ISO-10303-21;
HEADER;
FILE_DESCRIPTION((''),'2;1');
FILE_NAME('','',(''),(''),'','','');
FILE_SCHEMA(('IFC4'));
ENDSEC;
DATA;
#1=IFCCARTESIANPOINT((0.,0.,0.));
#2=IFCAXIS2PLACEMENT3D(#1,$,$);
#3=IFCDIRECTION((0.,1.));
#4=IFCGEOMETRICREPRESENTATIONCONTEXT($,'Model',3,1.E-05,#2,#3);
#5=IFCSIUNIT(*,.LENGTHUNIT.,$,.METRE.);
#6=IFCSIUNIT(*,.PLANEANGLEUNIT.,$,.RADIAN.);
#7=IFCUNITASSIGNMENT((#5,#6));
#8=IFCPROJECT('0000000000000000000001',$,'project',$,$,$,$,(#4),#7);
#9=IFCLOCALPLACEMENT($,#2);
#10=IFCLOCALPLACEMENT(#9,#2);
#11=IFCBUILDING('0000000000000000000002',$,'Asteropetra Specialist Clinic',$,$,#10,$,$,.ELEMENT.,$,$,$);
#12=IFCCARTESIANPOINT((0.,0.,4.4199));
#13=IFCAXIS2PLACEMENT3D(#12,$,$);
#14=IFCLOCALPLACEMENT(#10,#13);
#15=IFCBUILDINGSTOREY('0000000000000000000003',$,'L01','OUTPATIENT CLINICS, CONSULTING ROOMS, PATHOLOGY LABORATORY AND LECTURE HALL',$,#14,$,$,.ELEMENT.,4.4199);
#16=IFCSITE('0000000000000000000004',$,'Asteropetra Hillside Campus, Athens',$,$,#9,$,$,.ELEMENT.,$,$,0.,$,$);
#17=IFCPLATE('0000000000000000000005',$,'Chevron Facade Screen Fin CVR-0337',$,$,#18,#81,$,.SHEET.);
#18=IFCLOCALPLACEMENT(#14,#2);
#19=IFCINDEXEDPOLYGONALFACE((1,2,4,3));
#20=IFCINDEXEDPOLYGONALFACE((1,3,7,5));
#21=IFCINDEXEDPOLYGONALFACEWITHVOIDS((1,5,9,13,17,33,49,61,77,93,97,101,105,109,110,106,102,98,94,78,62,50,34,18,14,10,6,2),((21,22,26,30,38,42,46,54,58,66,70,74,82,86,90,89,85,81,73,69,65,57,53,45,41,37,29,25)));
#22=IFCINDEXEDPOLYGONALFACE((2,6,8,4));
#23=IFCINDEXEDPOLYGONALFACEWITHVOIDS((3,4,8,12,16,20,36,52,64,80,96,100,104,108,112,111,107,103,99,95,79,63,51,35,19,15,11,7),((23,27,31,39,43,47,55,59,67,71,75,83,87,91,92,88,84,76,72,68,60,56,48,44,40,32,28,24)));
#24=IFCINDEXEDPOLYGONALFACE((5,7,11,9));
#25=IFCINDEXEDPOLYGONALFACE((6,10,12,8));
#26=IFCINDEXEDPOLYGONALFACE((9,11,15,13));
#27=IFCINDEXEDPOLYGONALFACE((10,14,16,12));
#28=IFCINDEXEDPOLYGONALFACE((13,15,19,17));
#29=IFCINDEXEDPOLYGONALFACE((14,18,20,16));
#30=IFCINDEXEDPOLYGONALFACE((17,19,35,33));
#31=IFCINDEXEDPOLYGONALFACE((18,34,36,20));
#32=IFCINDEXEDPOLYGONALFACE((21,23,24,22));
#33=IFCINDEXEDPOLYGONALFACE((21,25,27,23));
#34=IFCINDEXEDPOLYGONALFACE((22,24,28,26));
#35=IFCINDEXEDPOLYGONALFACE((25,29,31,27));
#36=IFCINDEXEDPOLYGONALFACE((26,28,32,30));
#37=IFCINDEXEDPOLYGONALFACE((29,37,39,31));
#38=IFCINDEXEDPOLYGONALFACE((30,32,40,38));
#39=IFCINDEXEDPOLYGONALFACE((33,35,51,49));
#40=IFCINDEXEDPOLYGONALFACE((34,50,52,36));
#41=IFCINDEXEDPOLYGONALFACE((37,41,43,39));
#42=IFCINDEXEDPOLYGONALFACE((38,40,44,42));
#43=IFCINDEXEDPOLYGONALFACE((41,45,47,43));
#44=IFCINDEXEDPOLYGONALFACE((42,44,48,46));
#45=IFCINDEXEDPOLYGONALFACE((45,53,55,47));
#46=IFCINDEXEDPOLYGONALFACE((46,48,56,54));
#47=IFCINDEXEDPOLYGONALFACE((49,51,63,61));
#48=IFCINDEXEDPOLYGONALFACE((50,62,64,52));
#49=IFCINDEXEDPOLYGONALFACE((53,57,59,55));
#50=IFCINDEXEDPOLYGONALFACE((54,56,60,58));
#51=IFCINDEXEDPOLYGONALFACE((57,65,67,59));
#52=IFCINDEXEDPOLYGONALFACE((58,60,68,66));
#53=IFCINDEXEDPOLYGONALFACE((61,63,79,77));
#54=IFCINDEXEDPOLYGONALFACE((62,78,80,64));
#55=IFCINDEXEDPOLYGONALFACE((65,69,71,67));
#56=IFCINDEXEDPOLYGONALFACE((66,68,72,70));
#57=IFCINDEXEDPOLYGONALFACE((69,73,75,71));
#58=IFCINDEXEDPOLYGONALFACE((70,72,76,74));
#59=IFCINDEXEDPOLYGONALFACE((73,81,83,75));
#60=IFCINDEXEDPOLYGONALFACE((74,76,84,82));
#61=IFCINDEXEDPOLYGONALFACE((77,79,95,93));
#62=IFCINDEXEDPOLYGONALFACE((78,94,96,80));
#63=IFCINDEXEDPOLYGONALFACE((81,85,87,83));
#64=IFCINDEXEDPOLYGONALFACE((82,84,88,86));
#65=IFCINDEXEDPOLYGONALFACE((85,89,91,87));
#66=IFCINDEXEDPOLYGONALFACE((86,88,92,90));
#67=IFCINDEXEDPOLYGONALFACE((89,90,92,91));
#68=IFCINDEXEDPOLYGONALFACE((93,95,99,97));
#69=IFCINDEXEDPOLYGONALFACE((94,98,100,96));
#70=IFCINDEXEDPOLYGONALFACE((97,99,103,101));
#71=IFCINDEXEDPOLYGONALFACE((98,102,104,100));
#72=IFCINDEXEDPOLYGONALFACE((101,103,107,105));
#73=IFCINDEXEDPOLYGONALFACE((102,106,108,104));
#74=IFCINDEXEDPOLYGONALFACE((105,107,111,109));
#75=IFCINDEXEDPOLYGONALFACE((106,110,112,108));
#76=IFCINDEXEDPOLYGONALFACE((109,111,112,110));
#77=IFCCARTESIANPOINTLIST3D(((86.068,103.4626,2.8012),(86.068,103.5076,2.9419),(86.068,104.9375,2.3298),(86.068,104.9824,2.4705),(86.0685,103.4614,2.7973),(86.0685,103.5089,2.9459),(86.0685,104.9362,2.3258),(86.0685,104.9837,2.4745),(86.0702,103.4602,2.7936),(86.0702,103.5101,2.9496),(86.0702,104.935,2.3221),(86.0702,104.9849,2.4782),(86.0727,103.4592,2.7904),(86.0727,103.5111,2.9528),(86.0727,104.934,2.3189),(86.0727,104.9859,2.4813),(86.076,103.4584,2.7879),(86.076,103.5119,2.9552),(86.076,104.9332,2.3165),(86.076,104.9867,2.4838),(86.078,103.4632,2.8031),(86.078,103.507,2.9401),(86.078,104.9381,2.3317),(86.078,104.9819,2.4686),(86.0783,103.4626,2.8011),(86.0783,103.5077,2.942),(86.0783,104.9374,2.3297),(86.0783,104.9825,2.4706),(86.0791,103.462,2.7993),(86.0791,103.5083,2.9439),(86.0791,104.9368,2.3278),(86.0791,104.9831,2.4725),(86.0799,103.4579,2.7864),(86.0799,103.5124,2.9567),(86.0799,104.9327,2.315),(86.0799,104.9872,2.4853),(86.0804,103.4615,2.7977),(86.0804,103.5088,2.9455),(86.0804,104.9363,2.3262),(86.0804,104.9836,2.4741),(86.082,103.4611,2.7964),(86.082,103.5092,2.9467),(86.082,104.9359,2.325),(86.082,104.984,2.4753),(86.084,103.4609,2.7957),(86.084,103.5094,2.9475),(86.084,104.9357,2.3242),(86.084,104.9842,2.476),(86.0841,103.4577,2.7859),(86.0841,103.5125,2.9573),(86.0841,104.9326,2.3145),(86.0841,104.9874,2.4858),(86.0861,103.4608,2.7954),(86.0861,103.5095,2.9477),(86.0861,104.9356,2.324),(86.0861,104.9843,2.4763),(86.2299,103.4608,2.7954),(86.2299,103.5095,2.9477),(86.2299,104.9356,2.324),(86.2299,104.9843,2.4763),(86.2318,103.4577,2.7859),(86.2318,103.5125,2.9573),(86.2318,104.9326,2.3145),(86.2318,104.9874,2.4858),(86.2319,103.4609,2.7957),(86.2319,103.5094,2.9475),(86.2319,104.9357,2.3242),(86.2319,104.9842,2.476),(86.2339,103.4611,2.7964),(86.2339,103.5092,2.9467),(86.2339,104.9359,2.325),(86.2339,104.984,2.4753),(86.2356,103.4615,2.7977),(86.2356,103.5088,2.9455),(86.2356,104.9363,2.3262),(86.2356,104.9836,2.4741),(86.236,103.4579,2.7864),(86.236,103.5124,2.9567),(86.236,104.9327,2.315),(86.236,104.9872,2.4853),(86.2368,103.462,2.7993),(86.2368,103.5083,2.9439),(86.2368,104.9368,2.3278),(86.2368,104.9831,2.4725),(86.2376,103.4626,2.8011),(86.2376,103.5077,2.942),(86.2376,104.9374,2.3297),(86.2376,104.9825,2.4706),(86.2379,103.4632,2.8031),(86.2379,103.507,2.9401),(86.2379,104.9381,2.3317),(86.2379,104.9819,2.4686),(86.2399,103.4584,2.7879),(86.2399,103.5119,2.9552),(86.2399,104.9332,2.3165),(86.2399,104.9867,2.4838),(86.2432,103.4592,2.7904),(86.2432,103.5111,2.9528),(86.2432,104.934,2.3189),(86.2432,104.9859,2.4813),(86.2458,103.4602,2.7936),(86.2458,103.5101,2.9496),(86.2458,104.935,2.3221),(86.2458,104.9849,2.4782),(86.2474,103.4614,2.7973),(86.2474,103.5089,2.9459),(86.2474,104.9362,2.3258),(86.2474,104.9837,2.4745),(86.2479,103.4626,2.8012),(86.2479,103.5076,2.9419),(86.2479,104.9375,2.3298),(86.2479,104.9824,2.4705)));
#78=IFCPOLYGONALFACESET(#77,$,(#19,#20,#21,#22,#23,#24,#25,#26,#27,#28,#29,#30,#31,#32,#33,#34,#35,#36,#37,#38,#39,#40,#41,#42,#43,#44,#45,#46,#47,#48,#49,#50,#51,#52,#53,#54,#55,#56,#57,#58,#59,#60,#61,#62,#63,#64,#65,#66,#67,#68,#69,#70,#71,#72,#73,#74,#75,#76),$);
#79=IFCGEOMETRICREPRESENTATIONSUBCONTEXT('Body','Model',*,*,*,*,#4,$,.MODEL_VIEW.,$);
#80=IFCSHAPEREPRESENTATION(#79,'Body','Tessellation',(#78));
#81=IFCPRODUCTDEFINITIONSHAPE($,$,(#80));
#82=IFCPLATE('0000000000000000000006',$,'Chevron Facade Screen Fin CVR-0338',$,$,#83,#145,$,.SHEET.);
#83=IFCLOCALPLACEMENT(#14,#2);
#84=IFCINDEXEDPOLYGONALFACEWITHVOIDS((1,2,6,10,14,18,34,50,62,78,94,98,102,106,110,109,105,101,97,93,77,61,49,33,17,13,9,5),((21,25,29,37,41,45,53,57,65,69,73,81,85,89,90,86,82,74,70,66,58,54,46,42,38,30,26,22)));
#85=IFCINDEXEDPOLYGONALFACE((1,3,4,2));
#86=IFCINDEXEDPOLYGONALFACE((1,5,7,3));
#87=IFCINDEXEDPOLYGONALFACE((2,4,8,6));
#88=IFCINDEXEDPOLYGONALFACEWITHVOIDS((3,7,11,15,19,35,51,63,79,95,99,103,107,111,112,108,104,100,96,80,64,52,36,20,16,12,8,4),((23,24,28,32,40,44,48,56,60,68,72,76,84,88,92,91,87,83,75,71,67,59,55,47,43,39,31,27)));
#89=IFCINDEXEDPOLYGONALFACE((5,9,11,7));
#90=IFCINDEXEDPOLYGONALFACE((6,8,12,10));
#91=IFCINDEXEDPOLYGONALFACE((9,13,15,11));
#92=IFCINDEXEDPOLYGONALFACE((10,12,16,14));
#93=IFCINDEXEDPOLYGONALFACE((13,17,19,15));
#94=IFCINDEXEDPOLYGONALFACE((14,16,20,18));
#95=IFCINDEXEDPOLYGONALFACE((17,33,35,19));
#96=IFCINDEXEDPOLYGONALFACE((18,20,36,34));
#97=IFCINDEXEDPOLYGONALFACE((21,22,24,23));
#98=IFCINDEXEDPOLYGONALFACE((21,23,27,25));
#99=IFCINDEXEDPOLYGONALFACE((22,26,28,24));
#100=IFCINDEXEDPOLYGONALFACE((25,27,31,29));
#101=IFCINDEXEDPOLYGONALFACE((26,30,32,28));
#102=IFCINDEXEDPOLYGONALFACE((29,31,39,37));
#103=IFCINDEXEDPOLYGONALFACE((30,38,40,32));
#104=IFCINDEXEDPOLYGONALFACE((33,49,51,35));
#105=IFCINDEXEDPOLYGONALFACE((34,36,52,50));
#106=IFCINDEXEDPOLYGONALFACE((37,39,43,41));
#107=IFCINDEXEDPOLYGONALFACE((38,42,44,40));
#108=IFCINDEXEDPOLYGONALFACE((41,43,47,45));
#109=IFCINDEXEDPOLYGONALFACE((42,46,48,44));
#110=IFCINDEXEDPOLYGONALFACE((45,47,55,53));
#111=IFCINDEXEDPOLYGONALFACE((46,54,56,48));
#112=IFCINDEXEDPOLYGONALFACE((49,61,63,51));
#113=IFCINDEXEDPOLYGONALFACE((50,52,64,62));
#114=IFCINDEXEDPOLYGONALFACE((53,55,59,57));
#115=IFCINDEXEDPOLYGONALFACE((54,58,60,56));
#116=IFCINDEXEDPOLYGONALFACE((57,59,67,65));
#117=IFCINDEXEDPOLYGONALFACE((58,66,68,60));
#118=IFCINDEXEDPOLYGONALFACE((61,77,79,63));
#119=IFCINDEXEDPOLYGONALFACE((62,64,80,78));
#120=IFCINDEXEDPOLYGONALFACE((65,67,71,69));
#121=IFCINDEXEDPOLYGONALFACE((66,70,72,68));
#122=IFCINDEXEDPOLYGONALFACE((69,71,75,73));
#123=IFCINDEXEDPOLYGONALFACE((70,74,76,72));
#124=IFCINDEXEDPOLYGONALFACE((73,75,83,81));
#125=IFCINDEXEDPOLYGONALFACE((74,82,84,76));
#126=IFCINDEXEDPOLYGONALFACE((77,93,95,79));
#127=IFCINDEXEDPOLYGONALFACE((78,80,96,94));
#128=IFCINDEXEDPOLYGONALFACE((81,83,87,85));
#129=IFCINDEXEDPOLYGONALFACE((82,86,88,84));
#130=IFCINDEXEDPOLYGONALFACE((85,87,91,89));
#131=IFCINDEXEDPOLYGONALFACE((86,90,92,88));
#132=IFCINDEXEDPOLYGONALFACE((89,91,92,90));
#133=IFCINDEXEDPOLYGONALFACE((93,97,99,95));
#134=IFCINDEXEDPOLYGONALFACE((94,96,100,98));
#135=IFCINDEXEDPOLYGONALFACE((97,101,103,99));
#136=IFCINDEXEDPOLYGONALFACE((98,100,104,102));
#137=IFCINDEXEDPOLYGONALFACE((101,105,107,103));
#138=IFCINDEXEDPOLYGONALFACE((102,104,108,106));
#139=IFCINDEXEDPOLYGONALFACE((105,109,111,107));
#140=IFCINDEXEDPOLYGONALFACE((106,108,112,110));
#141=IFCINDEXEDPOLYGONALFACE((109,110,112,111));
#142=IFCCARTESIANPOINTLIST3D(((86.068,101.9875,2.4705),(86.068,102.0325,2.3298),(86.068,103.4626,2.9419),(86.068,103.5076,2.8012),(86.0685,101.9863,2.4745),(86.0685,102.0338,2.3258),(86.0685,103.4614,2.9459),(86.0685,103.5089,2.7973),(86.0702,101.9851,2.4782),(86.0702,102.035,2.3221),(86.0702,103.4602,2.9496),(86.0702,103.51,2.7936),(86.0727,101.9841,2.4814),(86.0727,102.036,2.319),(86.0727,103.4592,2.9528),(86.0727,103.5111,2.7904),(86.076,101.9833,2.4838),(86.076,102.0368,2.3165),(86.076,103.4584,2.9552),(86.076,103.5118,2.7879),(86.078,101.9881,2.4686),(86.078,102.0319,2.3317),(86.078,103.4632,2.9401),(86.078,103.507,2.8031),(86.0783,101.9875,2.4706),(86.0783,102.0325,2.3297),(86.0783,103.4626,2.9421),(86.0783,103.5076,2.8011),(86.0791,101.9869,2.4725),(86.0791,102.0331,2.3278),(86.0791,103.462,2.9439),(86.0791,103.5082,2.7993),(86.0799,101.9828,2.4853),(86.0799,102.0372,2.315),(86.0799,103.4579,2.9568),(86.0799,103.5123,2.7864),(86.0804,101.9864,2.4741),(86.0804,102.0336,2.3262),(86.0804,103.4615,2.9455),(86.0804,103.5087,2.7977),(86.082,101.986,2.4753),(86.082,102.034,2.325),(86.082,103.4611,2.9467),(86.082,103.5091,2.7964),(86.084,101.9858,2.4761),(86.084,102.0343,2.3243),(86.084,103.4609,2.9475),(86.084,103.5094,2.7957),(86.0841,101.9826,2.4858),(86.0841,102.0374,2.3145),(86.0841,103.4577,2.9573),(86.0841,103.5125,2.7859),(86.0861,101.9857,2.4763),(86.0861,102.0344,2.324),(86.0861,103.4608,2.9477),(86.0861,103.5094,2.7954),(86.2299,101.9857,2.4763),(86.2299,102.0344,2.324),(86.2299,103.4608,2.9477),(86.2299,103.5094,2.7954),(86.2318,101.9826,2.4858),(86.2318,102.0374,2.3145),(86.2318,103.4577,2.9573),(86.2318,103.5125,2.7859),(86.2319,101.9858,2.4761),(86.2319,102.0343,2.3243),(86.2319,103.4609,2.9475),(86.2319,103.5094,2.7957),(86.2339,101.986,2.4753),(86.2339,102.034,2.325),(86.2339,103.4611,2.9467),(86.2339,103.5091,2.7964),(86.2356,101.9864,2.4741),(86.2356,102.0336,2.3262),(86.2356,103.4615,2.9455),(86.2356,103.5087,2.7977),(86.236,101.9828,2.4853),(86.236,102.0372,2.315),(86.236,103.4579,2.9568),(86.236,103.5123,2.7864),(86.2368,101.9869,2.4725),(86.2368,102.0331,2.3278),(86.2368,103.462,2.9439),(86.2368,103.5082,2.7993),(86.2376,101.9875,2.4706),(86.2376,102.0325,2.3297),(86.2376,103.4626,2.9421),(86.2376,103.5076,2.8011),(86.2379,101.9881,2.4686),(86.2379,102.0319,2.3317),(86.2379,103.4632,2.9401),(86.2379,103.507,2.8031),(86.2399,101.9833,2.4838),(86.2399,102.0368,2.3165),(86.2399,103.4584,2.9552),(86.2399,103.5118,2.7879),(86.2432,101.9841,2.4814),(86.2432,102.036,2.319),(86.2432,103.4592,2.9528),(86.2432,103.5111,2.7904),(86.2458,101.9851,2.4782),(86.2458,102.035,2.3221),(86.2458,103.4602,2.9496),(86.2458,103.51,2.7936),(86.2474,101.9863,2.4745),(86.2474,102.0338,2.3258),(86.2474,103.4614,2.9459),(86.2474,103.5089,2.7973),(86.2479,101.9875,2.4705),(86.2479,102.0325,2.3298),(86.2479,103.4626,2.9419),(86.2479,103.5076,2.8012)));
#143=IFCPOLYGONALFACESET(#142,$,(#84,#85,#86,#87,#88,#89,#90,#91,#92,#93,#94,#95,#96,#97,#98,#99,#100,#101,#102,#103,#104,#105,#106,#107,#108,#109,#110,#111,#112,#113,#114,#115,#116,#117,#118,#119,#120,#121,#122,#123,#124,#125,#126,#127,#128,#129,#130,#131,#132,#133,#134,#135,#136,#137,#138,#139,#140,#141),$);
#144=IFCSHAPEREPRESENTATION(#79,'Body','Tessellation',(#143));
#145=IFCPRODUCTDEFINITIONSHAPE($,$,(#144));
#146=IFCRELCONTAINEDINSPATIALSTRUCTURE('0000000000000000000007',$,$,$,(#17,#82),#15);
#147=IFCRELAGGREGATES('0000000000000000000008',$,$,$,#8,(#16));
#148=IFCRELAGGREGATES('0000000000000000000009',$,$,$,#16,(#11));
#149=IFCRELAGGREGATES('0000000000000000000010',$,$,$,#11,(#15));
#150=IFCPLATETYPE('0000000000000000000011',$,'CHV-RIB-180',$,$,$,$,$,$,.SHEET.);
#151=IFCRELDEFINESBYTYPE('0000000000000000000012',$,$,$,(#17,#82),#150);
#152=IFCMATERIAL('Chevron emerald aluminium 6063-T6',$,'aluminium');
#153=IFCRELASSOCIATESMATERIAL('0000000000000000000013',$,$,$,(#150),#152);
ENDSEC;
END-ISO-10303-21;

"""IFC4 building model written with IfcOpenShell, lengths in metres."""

from ifc_helpers import new_model, si_unit, direction, frame, origin, origin_2d, place, context, subcontext, project, spatial, hollow_rectangle, extrude, material, material_profile, profile_set, type_object, element, save


model = new_model("IFC4")

# Units and contexts
model_context = context("Model", 3, precision=1e-05, world=origin(), true_north=direction((0.0, 1.0)))
body_context = subcontext(model_context, "Body", "Model", "MODEL_VIEW")
ifc_project = project(units=[si_unit("LENGTHUNIT", "METRE"), si_unit("PLANEANGLEUNIT", "RADIAN")], contexts=[model_context])

# Site, building, storey
site_placement = place(None, origin())
site = spatial("IfcSite", under=ifc_project, at=site_placement, Name="Asteropetra Hillside Campus, Athens", CompositionType="ELEMENT", RefElevation=0.0)
building_placement = place(site_placement, origin())
building = spatial("IfcBuilding", under=site, at=building_placement, Name="Asteropetra Specialist Clinic", CompositionType="ELEMENT")
storey_placement = place(building_placement, frame((0.0, 0.0, 4.4199)))
storey = spatial("IfcBuildingStorey", under=building, at=storey_placement, Name="L01", Description="OUTPATIENT CLINICS, CONSULTING ROOMS, PATHOLOGY LABORATORY AND LECTURE HALL", CompositionType="ELEMENT", Elevation=4.4199)

# Plates
ifc_material_1 = material(Name="Chevron emerald aluminium 6063-T6", Category="aluminium")
ifc_material_profile = material_profile(ifc_material_1, hollow_rectangle(XDim=0.1799, YDim=0.1799, WallThickness=0.01, InnerFilletRadius=0.0081, OuterFilletRadius=0.0161, at=origin_2d()), Name="SHS 180x180x10.0")
ifc_profile_set = profile_set([ifc_material_profile], Name="Chevron emerald aluminium 6063-T6")
plate_type = type_object("IfcPlateType", Name="CHV-RIB-180", PredefinedType="SHEET", material=ifc_profile_set)
plate_1_placement = place(storey_placement, frame((86.158, 104.96, 2.4001), z_axis=(0.0, -0.952521, 0.304472), x_axis=(1.0, 0.0, 0.0)))
element("IfcPlate", 1, at=plate_1_placement, inside=storey, type_object=plate_type, Name="Chevron Facade Screen Fin CVR-0337", PredefinedType="SHEET", context=body_context, shape_type="SweptSolid", body=[
    extrude(hollow_rectangle(XDim=0.1799, YDim=0.1799, WallThickness=0.01, InnerFilletRadius=0.0081, OuterFilletRadius=0.0161, at=origin_2d()), origin(), (0.0, 0.0, 1.0), 1.5483),
])
plate_2_placement = place(storey_placement, frame((86.158, 103.4851, 2.8716), z_axis=(0.0, -0.952536, -0.304427), x_axis=(1.0, 0.0, 0.0)))
element("IfcPlate", 2, at=plate_2_placement, inside=storey, type_object=plate_type, Name="Chevron Facade Screen Fin CVR-0338", PredefinedType="SHEET", context=body_context, shape_type="SweptSolid", body=[
    extrude(hollow_rectangle(XDim=0.1799, YDim=0.1799, WallThickness=0.01, InnerFilletRadius=0.0081, OuterFilletRadius=0.0161, at=origin_2d()), origin(), (0.0, 0.0, 1.0), 1.5486),
])

save(model, "model.ifc")
